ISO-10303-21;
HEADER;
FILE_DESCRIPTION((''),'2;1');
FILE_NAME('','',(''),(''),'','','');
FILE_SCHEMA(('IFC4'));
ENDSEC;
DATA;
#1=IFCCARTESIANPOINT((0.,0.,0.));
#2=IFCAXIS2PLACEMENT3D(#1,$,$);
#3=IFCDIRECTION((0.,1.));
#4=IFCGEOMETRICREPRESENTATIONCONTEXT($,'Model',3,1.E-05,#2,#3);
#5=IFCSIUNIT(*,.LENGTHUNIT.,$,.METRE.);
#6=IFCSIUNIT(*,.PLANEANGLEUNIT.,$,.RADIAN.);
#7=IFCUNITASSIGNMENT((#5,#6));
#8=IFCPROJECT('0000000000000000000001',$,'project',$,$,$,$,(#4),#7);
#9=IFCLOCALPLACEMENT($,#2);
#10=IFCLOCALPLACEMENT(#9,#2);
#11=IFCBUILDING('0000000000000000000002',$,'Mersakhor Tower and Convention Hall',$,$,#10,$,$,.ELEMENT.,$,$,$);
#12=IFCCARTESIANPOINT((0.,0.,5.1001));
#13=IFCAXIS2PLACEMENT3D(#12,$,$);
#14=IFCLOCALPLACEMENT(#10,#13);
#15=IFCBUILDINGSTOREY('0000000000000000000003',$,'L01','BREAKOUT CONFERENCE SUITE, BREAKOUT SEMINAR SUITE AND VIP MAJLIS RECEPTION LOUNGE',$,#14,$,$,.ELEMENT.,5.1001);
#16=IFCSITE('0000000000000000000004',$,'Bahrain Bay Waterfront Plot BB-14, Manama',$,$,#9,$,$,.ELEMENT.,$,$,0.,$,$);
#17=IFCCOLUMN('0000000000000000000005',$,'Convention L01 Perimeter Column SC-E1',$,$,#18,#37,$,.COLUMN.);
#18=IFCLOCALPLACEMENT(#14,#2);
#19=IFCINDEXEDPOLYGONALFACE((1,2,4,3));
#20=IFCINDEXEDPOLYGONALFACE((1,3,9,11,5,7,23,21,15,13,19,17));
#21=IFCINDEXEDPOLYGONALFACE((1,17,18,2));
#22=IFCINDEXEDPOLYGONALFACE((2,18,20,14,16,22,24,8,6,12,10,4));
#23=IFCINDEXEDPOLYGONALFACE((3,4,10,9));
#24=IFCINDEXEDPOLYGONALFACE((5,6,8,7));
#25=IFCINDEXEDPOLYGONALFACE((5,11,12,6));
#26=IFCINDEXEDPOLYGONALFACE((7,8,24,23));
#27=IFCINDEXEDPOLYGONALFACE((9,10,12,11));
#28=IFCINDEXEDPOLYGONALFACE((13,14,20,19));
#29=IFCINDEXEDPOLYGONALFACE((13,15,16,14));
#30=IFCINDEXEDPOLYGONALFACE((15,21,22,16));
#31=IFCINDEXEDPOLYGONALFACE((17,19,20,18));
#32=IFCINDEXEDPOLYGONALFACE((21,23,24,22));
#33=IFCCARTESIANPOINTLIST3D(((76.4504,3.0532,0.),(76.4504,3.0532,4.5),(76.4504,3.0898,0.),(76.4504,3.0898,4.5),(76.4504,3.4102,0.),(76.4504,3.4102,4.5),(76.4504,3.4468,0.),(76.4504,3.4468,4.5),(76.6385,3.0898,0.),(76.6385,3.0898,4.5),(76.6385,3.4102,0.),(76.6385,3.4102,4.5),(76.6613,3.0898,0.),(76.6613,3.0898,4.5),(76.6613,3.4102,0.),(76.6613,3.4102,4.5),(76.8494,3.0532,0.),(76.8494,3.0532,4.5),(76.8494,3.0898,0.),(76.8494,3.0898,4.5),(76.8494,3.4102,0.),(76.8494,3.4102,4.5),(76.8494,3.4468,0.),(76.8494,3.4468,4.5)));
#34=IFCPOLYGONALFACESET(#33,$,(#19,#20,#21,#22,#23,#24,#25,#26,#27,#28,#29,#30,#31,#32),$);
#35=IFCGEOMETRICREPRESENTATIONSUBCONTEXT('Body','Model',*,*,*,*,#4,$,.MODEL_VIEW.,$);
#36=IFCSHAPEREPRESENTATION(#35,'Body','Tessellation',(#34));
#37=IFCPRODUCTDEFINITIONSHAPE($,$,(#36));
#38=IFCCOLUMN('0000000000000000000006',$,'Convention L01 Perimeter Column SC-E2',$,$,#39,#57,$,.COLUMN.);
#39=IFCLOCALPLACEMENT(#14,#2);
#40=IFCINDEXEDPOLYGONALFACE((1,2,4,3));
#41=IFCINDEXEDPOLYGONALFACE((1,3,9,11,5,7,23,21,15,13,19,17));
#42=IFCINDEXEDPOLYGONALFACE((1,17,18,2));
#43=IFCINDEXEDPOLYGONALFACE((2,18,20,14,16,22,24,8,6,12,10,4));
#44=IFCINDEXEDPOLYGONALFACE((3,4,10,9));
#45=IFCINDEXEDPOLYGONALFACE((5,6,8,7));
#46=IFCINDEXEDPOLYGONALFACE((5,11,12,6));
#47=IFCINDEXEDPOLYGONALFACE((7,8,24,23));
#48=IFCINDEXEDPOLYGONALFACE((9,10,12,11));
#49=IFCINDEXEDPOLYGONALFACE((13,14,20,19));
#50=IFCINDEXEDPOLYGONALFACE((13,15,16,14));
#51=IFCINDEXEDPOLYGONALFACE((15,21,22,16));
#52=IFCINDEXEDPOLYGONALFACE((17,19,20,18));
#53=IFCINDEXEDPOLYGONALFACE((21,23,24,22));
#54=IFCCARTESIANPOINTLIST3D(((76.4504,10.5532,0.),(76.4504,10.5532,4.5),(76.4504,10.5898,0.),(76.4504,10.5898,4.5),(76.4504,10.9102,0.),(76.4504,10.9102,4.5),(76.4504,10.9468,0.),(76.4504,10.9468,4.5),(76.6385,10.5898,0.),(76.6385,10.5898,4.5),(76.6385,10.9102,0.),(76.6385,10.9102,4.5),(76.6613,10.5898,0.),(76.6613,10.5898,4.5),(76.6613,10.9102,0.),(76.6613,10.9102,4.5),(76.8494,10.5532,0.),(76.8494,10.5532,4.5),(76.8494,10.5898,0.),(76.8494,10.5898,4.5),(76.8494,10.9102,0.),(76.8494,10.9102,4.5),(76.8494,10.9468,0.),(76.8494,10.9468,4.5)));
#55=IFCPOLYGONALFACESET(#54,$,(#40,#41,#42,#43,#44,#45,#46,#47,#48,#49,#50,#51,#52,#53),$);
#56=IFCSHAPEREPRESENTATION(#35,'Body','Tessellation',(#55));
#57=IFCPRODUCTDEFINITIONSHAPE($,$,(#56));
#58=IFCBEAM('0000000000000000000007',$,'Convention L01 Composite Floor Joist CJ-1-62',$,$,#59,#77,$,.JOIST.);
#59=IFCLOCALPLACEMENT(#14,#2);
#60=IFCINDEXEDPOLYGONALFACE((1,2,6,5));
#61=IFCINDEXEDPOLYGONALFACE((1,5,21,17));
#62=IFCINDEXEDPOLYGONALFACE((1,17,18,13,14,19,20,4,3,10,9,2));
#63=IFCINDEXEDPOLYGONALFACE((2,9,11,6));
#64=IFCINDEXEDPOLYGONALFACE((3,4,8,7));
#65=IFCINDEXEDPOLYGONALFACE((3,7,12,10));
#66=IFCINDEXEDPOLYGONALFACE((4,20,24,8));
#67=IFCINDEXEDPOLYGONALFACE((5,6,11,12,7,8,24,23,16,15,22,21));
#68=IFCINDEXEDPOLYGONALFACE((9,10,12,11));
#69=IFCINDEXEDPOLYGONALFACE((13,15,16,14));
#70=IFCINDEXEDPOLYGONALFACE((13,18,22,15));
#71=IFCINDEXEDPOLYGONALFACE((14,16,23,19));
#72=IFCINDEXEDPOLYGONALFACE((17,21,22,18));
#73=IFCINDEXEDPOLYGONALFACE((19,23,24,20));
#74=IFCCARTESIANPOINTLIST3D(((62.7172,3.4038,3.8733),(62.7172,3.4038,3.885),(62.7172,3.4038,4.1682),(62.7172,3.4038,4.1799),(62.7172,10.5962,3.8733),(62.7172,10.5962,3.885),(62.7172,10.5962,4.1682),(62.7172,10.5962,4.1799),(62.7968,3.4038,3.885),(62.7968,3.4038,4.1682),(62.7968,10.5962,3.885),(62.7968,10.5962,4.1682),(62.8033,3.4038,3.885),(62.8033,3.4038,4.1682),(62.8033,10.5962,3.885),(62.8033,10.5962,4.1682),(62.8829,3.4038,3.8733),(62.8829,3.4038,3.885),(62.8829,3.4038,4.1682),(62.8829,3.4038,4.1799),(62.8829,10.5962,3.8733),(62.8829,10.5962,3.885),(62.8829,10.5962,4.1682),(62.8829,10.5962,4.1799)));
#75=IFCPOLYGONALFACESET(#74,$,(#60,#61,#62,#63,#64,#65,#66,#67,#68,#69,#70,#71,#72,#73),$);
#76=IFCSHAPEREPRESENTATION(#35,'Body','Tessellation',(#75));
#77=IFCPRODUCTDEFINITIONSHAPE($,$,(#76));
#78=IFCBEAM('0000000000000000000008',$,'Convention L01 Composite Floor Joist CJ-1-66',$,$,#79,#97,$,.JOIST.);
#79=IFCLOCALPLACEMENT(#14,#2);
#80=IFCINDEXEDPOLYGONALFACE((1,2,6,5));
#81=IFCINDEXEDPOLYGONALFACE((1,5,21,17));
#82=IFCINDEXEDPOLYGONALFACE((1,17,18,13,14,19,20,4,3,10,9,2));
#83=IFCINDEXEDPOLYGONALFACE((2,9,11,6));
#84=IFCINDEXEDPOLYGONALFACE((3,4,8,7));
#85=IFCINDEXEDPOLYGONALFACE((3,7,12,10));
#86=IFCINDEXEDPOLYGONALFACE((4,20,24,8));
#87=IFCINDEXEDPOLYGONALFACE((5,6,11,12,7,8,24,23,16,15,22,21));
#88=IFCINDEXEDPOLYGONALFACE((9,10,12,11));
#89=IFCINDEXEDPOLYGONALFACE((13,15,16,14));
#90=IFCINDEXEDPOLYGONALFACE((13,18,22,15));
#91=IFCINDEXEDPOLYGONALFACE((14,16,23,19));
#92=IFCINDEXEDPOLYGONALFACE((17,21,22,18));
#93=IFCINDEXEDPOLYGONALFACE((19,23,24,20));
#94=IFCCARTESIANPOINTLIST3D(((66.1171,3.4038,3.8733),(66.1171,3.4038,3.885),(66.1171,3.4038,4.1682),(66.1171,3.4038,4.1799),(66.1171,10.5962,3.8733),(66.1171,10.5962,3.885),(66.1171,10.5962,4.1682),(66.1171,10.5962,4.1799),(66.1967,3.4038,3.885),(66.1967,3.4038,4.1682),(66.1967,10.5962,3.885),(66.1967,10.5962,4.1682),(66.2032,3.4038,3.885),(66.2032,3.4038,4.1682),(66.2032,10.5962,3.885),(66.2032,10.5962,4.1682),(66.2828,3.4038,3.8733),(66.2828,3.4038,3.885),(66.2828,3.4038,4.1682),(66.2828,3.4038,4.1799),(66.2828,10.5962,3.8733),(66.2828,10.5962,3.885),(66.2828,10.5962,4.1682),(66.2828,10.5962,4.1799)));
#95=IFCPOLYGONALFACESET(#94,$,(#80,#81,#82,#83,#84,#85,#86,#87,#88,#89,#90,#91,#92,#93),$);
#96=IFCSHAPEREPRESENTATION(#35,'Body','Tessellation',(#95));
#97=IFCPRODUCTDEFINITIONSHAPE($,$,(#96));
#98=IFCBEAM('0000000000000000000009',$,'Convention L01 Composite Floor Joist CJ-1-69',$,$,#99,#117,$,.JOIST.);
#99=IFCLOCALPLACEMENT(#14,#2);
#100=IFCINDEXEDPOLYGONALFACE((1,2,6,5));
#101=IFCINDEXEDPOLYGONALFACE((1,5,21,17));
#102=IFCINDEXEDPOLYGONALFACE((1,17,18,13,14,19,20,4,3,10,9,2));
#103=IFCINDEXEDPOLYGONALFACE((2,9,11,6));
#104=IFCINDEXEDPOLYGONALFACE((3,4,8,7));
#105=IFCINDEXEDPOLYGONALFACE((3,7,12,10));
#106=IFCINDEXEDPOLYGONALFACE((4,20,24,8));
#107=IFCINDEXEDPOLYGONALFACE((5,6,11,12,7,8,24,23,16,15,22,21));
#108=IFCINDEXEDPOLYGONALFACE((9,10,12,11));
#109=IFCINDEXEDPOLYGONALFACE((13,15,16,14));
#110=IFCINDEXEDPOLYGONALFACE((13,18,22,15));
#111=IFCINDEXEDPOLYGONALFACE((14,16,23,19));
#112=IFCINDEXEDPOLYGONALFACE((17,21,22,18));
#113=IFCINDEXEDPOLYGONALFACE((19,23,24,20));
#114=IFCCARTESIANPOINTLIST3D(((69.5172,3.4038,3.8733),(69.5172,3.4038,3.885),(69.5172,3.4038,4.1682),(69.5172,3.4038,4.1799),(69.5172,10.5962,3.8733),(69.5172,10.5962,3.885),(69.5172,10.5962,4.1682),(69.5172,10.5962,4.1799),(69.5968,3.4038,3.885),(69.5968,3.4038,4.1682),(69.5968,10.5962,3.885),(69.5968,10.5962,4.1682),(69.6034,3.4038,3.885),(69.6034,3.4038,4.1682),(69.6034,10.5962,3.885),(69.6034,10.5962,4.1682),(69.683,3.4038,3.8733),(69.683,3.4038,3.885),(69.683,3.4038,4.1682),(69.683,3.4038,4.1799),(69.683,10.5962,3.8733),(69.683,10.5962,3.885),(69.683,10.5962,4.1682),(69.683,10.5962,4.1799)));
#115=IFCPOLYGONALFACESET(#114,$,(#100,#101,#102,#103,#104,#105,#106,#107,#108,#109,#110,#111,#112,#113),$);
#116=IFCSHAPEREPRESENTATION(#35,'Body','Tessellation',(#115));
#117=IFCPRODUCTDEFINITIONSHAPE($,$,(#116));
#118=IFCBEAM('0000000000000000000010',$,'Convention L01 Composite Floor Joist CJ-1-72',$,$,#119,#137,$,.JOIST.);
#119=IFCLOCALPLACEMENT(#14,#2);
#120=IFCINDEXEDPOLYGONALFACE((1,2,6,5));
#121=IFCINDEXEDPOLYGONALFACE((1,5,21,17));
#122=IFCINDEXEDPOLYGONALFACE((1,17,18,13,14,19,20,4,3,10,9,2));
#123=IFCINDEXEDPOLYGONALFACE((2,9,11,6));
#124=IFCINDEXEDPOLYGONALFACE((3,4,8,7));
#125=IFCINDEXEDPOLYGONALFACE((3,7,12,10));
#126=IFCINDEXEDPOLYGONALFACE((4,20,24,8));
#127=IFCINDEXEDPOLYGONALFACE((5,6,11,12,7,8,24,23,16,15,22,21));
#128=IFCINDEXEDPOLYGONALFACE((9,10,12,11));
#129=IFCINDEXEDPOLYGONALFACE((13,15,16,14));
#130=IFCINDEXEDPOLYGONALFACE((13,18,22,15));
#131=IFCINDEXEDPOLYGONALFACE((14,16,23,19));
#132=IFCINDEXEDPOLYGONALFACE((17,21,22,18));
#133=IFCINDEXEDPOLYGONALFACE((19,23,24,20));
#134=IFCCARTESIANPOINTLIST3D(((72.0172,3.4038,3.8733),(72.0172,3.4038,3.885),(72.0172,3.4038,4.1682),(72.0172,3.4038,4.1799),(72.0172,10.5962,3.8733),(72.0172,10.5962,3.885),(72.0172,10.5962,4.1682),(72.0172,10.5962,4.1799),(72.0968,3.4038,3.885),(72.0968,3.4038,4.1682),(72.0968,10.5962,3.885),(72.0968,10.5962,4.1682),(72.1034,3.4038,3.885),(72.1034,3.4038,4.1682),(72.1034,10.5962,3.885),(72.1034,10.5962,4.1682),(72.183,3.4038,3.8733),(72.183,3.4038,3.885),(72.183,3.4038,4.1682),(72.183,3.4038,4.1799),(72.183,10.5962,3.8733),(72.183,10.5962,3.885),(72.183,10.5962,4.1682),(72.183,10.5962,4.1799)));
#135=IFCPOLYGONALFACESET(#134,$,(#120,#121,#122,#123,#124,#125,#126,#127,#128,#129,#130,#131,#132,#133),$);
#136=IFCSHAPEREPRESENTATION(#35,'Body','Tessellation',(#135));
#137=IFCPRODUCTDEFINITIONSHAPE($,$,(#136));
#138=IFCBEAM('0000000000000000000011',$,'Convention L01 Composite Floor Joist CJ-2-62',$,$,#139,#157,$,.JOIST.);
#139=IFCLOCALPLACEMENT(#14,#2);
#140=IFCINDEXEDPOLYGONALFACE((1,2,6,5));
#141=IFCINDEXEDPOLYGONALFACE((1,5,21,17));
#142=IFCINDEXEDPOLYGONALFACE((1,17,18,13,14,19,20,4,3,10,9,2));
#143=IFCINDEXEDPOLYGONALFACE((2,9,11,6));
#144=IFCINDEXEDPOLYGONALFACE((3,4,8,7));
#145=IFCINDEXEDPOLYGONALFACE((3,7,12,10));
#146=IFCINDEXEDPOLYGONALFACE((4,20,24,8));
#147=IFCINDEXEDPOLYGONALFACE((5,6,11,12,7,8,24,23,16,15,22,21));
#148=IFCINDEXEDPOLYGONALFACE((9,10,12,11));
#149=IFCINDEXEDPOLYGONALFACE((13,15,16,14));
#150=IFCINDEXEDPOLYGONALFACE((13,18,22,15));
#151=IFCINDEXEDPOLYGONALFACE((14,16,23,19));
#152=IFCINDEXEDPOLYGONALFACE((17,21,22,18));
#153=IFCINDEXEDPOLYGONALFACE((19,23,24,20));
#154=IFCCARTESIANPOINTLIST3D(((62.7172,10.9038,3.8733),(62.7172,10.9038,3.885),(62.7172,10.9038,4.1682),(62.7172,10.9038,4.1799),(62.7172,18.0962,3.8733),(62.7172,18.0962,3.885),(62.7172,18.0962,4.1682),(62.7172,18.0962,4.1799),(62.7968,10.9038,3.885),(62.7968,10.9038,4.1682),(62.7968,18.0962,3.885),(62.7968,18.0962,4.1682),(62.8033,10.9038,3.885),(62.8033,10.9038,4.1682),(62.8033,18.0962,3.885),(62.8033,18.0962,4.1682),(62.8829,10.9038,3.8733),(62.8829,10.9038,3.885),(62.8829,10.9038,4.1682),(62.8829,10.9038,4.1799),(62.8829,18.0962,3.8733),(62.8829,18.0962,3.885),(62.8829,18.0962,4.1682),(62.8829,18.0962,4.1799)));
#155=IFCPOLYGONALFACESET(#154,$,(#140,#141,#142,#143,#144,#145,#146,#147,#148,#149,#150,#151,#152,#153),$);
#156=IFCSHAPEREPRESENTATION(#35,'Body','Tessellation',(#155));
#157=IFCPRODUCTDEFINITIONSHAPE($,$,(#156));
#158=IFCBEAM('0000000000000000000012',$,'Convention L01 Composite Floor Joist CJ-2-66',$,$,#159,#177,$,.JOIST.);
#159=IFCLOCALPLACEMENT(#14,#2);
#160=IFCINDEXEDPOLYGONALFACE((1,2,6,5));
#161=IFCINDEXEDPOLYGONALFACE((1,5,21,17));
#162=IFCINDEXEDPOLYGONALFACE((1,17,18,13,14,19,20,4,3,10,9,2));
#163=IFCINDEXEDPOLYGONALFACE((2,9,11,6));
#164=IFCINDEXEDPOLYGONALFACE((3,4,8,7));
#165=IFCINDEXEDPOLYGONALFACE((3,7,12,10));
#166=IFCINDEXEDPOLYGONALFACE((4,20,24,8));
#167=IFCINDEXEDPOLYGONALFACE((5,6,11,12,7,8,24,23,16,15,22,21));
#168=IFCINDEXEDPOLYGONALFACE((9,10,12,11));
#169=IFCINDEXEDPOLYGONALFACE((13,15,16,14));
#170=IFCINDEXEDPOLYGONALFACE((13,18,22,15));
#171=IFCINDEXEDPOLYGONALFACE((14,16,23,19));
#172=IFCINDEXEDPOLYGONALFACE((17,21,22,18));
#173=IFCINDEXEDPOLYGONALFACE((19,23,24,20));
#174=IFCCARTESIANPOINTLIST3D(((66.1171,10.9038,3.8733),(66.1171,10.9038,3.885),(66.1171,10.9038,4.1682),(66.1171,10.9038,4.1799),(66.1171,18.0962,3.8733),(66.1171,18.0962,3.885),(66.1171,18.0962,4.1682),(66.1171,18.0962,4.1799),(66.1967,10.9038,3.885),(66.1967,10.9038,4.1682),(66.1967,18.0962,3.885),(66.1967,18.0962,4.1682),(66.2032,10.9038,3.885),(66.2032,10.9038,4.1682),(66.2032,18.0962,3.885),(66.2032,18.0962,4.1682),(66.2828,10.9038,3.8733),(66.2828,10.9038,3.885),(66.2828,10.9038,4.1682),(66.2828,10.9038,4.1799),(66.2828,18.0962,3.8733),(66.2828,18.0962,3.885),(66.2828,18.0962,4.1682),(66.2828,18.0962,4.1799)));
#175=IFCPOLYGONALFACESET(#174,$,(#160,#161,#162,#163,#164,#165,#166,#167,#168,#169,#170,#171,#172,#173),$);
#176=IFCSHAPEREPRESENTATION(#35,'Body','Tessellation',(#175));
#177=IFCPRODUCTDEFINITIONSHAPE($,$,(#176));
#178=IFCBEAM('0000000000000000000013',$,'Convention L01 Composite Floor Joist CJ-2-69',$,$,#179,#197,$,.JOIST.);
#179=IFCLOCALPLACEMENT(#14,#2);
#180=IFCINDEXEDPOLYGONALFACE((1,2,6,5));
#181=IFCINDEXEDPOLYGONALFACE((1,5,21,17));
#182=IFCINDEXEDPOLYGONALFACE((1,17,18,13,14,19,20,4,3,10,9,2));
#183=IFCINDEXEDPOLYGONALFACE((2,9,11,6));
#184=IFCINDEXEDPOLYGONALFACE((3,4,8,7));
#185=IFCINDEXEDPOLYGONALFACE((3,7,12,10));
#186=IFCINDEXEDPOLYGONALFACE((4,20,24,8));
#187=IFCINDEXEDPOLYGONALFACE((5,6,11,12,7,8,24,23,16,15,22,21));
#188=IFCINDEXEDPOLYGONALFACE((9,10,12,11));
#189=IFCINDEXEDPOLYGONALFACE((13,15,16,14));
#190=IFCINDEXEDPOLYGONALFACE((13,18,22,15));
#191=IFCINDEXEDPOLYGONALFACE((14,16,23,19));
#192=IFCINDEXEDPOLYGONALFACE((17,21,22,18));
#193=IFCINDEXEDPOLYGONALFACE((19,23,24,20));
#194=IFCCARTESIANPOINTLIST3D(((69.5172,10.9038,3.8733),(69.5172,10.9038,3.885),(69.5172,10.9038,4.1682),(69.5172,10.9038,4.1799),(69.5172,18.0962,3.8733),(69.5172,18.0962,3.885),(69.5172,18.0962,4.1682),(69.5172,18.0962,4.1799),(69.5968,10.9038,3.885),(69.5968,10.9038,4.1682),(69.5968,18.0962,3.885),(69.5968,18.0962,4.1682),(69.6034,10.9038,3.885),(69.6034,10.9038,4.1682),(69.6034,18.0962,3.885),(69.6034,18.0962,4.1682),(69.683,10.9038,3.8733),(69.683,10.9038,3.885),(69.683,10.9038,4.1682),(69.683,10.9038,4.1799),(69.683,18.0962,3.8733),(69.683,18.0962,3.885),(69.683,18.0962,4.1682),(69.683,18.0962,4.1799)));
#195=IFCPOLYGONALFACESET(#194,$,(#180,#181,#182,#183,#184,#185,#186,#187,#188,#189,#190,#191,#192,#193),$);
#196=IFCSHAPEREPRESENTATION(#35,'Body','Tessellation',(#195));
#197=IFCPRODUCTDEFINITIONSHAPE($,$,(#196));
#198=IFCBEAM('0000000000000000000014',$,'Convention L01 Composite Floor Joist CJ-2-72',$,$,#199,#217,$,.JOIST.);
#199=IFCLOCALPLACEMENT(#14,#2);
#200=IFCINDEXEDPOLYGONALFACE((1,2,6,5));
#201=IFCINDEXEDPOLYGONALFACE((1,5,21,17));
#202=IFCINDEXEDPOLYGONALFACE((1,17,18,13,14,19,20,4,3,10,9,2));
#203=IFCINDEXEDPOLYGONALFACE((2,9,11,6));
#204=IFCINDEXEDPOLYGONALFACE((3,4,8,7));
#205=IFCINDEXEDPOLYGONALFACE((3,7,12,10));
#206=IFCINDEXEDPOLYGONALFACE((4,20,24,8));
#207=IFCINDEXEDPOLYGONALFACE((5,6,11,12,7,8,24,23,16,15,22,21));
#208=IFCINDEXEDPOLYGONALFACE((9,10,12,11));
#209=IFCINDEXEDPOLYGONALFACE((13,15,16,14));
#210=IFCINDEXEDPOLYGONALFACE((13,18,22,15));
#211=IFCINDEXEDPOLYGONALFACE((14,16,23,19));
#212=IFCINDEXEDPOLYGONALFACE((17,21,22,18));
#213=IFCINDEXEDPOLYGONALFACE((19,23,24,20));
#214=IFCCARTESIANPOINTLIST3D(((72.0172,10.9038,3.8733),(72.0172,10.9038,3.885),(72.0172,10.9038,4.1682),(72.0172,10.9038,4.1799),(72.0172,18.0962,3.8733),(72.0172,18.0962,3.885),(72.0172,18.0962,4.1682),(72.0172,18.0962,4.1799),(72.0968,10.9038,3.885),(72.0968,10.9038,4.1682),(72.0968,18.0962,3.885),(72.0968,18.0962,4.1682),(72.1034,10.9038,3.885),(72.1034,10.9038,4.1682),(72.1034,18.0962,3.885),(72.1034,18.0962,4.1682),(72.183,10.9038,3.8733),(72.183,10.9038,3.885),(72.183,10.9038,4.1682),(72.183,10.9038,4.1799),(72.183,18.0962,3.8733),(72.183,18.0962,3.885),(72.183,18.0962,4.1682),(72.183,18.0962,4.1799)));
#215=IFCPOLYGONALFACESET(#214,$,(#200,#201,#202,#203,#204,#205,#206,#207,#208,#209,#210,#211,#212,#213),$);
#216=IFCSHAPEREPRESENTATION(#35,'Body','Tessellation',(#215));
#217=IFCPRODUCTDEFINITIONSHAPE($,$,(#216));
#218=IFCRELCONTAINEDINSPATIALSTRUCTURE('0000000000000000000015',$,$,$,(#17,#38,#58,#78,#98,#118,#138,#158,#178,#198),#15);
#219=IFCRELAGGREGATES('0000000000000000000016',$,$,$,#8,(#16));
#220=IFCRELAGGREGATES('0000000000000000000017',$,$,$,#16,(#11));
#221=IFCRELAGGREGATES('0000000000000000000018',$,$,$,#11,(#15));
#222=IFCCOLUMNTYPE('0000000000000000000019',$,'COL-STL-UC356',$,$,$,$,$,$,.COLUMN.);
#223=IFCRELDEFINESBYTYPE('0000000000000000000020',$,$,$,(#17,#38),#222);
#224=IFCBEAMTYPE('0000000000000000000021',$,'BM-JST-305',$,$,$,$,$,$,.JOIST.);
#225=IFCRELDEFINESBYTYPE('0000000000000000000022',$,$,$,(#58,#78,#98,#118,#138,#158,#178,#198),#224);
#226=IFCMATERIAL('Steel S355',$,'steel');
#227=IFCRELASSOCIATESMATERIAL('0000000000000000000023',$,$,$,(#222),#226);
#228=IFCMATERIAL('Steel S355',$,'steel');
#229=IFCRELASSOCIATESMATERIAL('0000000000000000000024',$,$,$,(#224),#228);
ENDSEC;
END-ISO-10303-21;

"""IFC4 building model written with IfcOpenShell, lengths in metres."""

from ifc_helpers import new_model, si_unit, direction, frame, origin, origin_2d, place, context, subcontext, project, spatial, i_section, extrude, material, material_profile, profile_set, type_object, element, save


model = new_model("IFC4")

# Units and contexts
model_context = context("Model", 3, precision=1e-05, world=origin(), true_north=direction((0.0, 1.0)))
body_context = subcontext(model_context, "Body", "Model", "MODEL_VIEW")
ifc_project = project(units=[si_unit("LENGTHUNIT", "METRE"), si_unit("PLANEANGLEUNIT", "RADIAN")], contexts=[model_context])

# Site, building, storey
site_placement = place(None, origin())
site = spatial("IfcSite", under=ifc_project, at=site_placement, Name="Bahrain Bay Waterfront Plot BB-14, Manama", CompositionType="ELEMENT", RefElevation=0.0)
building_placement = place(site_placement, origin())
building = spatial("IfcBuilding", under=site, at=building_placement, Name="Mersakhor Tower and Convention Hall", CompositionType="ELEMENT")
storey_placement = place(building_placement, frame((0.0, 0.0, 5.1001)))
storey = spatial("IfcBuildingStorey", under=building, at=storey_placement, Name="L01", Description="BREAKOUT CONFERENCE SUITE, BREAKOUT SEMINAR SUITE AND VIP MAJLIS RECEPTION LOUNGE", CompositionType="ELEMENT", Elevation=5.1001)

# Columns
ifc_material_1 = material(Name="Steel S355", Category="steel")
ifc_material_profile_1 = material_profile(ifc_material_1, i_section(OverallWidth=0.3989, OverallDepth=0.3936, WebThickness=0.0227, FlangeThickness=0.0366, at=origin_2d()), Name="UC 356x406x287")
ifc_profile_set_1 = profile_set([ifc_material_profile_1], Name="Steel S355")
column_type = type_object("IfcColumnType", Name="COL-STL-UC356", PredefinedType="COLUMN", material=ifc_profile_set_1)
for number, where, z_axis, x_axis, name in (
    (1, (76.6499, 3.25, 0.0), (0.0, 0.0, 1.0), (1.0, 0.0, 0.0), "Convention L01 Perimeter Column SC-E1"),
    (2, (76.6499, 10.75, 0.0), (0.0, 0.0, 1.0), (1.0, 0.0, 0.0), "Convention L01 Perimeter Column SC-E2"),
):
    element("IfcColumn", number, at=place(storey_placement, frame(where, z_axis=z_axis, x_axis=x_axis)), inside=storey, type_object=column_type, Name=name, PredefinedType="COLUMN", context=body_context, shape_type="SweptSolid", body=[
        extrude(i_section(OverallWidth=0.3989, OverallDepth=0.3936, WebThickness=0.0227, FlangeThickness=0.0366, at=origin_2d()), origin(), (0.0, 0.0, 1.0), 4.5),
    ])

# Beams
ifc_material_2 = material(Name="Steel S355", Category="steel")
ifc_material_profile_2 = material_profile(ifc_material_2, i_section(OverallWidth=0.1658, OverallDepth=0.3066, WebThickness=0.0066, FlangeThickness=0.0117, at=origin_2d()), Name="UB 305x165x46")
ifc_profile_set_2 = profile_set([ifc_material_profile_2], Name="Steel S355")
beam_type_1 = type_object("IfcBeamType", Name="BM-JST-305", PredefinedType="JOIST", material=ifc_profile_set_2)
for number, where, z_axis, x_axis, name in (
    (3, (62.8, 3.4038, 4.0266), (0.0, 1.0, 0.0), (-1.0, 0.0, 0.0), "Convention L01 Composite Floor Joist CJ-1-62"),
    (4, (66.2, 3.4038, 4.0266), (0.0, 1.0, 0.0), (-1.0, 0.0, 0.0), "Convention L01 Composite Floor Joist CJ-1-66"),
    (5, (69.6001, 3.4038, 4.0266), (0.0, 1.0, 0.0), (-1.0, 0.0, 0.0), "Convention L01 Composite Floor Joist CJ-1-69"),
    (6, (72.1001, 3.4038, 4.0266), (0.0, 1.0, 0.0), (-1.0, 0.0, 0.0), "Convention L01 Composite Floor Joist CJ-1-72"),
    (7, (62.8, 10.9038, 4.0266), (0.0, 1.0, 0.0), (-1.0, 0.0, 0.0), "Convention L01 Composite Floor Joist CJ-2-62"),
    (8, (66.2, 10.9038, 4.0266), (0.0, 1.0, 0.0), (-1.0, 0.0, 0.0), "Convention L01 Composite Floor Joist CJ-2-66"),
    (9, (69.6001, 10.9038, 4.0266), (0.0, 1.0, 0.0), (-1.0, 0.0, 0.0), "Convention L01 Composite Floor Joist CJ-2-69"),
    (10, (72.1001, 10.9038, 4.0266), (0.0, 1.0, 0.0), (-1.0, 0.0, 0.0), "Convention L01 Composite Floor Joist CJ-2-72"),
):
    element("IfcBeam", number, at=place(storey_placement, frame(where, z_axis=z_axis, x_axis=x_axis)), inside=storey, type_object=beam_type_1, Name=name, PredefinedType="JOIST", context=body_context, shape_type="SweptSolid", body=[
        extrude(i_section(OverallWidth=0.1658, OverallDepth=0.3066, WebThickness=0.0066, FlangeThickness=0.0117, at=origin_2d()), origin(), (0.0, 0.0, 1.0), 7.1924),
    ])

save(model, "model.ifc")
